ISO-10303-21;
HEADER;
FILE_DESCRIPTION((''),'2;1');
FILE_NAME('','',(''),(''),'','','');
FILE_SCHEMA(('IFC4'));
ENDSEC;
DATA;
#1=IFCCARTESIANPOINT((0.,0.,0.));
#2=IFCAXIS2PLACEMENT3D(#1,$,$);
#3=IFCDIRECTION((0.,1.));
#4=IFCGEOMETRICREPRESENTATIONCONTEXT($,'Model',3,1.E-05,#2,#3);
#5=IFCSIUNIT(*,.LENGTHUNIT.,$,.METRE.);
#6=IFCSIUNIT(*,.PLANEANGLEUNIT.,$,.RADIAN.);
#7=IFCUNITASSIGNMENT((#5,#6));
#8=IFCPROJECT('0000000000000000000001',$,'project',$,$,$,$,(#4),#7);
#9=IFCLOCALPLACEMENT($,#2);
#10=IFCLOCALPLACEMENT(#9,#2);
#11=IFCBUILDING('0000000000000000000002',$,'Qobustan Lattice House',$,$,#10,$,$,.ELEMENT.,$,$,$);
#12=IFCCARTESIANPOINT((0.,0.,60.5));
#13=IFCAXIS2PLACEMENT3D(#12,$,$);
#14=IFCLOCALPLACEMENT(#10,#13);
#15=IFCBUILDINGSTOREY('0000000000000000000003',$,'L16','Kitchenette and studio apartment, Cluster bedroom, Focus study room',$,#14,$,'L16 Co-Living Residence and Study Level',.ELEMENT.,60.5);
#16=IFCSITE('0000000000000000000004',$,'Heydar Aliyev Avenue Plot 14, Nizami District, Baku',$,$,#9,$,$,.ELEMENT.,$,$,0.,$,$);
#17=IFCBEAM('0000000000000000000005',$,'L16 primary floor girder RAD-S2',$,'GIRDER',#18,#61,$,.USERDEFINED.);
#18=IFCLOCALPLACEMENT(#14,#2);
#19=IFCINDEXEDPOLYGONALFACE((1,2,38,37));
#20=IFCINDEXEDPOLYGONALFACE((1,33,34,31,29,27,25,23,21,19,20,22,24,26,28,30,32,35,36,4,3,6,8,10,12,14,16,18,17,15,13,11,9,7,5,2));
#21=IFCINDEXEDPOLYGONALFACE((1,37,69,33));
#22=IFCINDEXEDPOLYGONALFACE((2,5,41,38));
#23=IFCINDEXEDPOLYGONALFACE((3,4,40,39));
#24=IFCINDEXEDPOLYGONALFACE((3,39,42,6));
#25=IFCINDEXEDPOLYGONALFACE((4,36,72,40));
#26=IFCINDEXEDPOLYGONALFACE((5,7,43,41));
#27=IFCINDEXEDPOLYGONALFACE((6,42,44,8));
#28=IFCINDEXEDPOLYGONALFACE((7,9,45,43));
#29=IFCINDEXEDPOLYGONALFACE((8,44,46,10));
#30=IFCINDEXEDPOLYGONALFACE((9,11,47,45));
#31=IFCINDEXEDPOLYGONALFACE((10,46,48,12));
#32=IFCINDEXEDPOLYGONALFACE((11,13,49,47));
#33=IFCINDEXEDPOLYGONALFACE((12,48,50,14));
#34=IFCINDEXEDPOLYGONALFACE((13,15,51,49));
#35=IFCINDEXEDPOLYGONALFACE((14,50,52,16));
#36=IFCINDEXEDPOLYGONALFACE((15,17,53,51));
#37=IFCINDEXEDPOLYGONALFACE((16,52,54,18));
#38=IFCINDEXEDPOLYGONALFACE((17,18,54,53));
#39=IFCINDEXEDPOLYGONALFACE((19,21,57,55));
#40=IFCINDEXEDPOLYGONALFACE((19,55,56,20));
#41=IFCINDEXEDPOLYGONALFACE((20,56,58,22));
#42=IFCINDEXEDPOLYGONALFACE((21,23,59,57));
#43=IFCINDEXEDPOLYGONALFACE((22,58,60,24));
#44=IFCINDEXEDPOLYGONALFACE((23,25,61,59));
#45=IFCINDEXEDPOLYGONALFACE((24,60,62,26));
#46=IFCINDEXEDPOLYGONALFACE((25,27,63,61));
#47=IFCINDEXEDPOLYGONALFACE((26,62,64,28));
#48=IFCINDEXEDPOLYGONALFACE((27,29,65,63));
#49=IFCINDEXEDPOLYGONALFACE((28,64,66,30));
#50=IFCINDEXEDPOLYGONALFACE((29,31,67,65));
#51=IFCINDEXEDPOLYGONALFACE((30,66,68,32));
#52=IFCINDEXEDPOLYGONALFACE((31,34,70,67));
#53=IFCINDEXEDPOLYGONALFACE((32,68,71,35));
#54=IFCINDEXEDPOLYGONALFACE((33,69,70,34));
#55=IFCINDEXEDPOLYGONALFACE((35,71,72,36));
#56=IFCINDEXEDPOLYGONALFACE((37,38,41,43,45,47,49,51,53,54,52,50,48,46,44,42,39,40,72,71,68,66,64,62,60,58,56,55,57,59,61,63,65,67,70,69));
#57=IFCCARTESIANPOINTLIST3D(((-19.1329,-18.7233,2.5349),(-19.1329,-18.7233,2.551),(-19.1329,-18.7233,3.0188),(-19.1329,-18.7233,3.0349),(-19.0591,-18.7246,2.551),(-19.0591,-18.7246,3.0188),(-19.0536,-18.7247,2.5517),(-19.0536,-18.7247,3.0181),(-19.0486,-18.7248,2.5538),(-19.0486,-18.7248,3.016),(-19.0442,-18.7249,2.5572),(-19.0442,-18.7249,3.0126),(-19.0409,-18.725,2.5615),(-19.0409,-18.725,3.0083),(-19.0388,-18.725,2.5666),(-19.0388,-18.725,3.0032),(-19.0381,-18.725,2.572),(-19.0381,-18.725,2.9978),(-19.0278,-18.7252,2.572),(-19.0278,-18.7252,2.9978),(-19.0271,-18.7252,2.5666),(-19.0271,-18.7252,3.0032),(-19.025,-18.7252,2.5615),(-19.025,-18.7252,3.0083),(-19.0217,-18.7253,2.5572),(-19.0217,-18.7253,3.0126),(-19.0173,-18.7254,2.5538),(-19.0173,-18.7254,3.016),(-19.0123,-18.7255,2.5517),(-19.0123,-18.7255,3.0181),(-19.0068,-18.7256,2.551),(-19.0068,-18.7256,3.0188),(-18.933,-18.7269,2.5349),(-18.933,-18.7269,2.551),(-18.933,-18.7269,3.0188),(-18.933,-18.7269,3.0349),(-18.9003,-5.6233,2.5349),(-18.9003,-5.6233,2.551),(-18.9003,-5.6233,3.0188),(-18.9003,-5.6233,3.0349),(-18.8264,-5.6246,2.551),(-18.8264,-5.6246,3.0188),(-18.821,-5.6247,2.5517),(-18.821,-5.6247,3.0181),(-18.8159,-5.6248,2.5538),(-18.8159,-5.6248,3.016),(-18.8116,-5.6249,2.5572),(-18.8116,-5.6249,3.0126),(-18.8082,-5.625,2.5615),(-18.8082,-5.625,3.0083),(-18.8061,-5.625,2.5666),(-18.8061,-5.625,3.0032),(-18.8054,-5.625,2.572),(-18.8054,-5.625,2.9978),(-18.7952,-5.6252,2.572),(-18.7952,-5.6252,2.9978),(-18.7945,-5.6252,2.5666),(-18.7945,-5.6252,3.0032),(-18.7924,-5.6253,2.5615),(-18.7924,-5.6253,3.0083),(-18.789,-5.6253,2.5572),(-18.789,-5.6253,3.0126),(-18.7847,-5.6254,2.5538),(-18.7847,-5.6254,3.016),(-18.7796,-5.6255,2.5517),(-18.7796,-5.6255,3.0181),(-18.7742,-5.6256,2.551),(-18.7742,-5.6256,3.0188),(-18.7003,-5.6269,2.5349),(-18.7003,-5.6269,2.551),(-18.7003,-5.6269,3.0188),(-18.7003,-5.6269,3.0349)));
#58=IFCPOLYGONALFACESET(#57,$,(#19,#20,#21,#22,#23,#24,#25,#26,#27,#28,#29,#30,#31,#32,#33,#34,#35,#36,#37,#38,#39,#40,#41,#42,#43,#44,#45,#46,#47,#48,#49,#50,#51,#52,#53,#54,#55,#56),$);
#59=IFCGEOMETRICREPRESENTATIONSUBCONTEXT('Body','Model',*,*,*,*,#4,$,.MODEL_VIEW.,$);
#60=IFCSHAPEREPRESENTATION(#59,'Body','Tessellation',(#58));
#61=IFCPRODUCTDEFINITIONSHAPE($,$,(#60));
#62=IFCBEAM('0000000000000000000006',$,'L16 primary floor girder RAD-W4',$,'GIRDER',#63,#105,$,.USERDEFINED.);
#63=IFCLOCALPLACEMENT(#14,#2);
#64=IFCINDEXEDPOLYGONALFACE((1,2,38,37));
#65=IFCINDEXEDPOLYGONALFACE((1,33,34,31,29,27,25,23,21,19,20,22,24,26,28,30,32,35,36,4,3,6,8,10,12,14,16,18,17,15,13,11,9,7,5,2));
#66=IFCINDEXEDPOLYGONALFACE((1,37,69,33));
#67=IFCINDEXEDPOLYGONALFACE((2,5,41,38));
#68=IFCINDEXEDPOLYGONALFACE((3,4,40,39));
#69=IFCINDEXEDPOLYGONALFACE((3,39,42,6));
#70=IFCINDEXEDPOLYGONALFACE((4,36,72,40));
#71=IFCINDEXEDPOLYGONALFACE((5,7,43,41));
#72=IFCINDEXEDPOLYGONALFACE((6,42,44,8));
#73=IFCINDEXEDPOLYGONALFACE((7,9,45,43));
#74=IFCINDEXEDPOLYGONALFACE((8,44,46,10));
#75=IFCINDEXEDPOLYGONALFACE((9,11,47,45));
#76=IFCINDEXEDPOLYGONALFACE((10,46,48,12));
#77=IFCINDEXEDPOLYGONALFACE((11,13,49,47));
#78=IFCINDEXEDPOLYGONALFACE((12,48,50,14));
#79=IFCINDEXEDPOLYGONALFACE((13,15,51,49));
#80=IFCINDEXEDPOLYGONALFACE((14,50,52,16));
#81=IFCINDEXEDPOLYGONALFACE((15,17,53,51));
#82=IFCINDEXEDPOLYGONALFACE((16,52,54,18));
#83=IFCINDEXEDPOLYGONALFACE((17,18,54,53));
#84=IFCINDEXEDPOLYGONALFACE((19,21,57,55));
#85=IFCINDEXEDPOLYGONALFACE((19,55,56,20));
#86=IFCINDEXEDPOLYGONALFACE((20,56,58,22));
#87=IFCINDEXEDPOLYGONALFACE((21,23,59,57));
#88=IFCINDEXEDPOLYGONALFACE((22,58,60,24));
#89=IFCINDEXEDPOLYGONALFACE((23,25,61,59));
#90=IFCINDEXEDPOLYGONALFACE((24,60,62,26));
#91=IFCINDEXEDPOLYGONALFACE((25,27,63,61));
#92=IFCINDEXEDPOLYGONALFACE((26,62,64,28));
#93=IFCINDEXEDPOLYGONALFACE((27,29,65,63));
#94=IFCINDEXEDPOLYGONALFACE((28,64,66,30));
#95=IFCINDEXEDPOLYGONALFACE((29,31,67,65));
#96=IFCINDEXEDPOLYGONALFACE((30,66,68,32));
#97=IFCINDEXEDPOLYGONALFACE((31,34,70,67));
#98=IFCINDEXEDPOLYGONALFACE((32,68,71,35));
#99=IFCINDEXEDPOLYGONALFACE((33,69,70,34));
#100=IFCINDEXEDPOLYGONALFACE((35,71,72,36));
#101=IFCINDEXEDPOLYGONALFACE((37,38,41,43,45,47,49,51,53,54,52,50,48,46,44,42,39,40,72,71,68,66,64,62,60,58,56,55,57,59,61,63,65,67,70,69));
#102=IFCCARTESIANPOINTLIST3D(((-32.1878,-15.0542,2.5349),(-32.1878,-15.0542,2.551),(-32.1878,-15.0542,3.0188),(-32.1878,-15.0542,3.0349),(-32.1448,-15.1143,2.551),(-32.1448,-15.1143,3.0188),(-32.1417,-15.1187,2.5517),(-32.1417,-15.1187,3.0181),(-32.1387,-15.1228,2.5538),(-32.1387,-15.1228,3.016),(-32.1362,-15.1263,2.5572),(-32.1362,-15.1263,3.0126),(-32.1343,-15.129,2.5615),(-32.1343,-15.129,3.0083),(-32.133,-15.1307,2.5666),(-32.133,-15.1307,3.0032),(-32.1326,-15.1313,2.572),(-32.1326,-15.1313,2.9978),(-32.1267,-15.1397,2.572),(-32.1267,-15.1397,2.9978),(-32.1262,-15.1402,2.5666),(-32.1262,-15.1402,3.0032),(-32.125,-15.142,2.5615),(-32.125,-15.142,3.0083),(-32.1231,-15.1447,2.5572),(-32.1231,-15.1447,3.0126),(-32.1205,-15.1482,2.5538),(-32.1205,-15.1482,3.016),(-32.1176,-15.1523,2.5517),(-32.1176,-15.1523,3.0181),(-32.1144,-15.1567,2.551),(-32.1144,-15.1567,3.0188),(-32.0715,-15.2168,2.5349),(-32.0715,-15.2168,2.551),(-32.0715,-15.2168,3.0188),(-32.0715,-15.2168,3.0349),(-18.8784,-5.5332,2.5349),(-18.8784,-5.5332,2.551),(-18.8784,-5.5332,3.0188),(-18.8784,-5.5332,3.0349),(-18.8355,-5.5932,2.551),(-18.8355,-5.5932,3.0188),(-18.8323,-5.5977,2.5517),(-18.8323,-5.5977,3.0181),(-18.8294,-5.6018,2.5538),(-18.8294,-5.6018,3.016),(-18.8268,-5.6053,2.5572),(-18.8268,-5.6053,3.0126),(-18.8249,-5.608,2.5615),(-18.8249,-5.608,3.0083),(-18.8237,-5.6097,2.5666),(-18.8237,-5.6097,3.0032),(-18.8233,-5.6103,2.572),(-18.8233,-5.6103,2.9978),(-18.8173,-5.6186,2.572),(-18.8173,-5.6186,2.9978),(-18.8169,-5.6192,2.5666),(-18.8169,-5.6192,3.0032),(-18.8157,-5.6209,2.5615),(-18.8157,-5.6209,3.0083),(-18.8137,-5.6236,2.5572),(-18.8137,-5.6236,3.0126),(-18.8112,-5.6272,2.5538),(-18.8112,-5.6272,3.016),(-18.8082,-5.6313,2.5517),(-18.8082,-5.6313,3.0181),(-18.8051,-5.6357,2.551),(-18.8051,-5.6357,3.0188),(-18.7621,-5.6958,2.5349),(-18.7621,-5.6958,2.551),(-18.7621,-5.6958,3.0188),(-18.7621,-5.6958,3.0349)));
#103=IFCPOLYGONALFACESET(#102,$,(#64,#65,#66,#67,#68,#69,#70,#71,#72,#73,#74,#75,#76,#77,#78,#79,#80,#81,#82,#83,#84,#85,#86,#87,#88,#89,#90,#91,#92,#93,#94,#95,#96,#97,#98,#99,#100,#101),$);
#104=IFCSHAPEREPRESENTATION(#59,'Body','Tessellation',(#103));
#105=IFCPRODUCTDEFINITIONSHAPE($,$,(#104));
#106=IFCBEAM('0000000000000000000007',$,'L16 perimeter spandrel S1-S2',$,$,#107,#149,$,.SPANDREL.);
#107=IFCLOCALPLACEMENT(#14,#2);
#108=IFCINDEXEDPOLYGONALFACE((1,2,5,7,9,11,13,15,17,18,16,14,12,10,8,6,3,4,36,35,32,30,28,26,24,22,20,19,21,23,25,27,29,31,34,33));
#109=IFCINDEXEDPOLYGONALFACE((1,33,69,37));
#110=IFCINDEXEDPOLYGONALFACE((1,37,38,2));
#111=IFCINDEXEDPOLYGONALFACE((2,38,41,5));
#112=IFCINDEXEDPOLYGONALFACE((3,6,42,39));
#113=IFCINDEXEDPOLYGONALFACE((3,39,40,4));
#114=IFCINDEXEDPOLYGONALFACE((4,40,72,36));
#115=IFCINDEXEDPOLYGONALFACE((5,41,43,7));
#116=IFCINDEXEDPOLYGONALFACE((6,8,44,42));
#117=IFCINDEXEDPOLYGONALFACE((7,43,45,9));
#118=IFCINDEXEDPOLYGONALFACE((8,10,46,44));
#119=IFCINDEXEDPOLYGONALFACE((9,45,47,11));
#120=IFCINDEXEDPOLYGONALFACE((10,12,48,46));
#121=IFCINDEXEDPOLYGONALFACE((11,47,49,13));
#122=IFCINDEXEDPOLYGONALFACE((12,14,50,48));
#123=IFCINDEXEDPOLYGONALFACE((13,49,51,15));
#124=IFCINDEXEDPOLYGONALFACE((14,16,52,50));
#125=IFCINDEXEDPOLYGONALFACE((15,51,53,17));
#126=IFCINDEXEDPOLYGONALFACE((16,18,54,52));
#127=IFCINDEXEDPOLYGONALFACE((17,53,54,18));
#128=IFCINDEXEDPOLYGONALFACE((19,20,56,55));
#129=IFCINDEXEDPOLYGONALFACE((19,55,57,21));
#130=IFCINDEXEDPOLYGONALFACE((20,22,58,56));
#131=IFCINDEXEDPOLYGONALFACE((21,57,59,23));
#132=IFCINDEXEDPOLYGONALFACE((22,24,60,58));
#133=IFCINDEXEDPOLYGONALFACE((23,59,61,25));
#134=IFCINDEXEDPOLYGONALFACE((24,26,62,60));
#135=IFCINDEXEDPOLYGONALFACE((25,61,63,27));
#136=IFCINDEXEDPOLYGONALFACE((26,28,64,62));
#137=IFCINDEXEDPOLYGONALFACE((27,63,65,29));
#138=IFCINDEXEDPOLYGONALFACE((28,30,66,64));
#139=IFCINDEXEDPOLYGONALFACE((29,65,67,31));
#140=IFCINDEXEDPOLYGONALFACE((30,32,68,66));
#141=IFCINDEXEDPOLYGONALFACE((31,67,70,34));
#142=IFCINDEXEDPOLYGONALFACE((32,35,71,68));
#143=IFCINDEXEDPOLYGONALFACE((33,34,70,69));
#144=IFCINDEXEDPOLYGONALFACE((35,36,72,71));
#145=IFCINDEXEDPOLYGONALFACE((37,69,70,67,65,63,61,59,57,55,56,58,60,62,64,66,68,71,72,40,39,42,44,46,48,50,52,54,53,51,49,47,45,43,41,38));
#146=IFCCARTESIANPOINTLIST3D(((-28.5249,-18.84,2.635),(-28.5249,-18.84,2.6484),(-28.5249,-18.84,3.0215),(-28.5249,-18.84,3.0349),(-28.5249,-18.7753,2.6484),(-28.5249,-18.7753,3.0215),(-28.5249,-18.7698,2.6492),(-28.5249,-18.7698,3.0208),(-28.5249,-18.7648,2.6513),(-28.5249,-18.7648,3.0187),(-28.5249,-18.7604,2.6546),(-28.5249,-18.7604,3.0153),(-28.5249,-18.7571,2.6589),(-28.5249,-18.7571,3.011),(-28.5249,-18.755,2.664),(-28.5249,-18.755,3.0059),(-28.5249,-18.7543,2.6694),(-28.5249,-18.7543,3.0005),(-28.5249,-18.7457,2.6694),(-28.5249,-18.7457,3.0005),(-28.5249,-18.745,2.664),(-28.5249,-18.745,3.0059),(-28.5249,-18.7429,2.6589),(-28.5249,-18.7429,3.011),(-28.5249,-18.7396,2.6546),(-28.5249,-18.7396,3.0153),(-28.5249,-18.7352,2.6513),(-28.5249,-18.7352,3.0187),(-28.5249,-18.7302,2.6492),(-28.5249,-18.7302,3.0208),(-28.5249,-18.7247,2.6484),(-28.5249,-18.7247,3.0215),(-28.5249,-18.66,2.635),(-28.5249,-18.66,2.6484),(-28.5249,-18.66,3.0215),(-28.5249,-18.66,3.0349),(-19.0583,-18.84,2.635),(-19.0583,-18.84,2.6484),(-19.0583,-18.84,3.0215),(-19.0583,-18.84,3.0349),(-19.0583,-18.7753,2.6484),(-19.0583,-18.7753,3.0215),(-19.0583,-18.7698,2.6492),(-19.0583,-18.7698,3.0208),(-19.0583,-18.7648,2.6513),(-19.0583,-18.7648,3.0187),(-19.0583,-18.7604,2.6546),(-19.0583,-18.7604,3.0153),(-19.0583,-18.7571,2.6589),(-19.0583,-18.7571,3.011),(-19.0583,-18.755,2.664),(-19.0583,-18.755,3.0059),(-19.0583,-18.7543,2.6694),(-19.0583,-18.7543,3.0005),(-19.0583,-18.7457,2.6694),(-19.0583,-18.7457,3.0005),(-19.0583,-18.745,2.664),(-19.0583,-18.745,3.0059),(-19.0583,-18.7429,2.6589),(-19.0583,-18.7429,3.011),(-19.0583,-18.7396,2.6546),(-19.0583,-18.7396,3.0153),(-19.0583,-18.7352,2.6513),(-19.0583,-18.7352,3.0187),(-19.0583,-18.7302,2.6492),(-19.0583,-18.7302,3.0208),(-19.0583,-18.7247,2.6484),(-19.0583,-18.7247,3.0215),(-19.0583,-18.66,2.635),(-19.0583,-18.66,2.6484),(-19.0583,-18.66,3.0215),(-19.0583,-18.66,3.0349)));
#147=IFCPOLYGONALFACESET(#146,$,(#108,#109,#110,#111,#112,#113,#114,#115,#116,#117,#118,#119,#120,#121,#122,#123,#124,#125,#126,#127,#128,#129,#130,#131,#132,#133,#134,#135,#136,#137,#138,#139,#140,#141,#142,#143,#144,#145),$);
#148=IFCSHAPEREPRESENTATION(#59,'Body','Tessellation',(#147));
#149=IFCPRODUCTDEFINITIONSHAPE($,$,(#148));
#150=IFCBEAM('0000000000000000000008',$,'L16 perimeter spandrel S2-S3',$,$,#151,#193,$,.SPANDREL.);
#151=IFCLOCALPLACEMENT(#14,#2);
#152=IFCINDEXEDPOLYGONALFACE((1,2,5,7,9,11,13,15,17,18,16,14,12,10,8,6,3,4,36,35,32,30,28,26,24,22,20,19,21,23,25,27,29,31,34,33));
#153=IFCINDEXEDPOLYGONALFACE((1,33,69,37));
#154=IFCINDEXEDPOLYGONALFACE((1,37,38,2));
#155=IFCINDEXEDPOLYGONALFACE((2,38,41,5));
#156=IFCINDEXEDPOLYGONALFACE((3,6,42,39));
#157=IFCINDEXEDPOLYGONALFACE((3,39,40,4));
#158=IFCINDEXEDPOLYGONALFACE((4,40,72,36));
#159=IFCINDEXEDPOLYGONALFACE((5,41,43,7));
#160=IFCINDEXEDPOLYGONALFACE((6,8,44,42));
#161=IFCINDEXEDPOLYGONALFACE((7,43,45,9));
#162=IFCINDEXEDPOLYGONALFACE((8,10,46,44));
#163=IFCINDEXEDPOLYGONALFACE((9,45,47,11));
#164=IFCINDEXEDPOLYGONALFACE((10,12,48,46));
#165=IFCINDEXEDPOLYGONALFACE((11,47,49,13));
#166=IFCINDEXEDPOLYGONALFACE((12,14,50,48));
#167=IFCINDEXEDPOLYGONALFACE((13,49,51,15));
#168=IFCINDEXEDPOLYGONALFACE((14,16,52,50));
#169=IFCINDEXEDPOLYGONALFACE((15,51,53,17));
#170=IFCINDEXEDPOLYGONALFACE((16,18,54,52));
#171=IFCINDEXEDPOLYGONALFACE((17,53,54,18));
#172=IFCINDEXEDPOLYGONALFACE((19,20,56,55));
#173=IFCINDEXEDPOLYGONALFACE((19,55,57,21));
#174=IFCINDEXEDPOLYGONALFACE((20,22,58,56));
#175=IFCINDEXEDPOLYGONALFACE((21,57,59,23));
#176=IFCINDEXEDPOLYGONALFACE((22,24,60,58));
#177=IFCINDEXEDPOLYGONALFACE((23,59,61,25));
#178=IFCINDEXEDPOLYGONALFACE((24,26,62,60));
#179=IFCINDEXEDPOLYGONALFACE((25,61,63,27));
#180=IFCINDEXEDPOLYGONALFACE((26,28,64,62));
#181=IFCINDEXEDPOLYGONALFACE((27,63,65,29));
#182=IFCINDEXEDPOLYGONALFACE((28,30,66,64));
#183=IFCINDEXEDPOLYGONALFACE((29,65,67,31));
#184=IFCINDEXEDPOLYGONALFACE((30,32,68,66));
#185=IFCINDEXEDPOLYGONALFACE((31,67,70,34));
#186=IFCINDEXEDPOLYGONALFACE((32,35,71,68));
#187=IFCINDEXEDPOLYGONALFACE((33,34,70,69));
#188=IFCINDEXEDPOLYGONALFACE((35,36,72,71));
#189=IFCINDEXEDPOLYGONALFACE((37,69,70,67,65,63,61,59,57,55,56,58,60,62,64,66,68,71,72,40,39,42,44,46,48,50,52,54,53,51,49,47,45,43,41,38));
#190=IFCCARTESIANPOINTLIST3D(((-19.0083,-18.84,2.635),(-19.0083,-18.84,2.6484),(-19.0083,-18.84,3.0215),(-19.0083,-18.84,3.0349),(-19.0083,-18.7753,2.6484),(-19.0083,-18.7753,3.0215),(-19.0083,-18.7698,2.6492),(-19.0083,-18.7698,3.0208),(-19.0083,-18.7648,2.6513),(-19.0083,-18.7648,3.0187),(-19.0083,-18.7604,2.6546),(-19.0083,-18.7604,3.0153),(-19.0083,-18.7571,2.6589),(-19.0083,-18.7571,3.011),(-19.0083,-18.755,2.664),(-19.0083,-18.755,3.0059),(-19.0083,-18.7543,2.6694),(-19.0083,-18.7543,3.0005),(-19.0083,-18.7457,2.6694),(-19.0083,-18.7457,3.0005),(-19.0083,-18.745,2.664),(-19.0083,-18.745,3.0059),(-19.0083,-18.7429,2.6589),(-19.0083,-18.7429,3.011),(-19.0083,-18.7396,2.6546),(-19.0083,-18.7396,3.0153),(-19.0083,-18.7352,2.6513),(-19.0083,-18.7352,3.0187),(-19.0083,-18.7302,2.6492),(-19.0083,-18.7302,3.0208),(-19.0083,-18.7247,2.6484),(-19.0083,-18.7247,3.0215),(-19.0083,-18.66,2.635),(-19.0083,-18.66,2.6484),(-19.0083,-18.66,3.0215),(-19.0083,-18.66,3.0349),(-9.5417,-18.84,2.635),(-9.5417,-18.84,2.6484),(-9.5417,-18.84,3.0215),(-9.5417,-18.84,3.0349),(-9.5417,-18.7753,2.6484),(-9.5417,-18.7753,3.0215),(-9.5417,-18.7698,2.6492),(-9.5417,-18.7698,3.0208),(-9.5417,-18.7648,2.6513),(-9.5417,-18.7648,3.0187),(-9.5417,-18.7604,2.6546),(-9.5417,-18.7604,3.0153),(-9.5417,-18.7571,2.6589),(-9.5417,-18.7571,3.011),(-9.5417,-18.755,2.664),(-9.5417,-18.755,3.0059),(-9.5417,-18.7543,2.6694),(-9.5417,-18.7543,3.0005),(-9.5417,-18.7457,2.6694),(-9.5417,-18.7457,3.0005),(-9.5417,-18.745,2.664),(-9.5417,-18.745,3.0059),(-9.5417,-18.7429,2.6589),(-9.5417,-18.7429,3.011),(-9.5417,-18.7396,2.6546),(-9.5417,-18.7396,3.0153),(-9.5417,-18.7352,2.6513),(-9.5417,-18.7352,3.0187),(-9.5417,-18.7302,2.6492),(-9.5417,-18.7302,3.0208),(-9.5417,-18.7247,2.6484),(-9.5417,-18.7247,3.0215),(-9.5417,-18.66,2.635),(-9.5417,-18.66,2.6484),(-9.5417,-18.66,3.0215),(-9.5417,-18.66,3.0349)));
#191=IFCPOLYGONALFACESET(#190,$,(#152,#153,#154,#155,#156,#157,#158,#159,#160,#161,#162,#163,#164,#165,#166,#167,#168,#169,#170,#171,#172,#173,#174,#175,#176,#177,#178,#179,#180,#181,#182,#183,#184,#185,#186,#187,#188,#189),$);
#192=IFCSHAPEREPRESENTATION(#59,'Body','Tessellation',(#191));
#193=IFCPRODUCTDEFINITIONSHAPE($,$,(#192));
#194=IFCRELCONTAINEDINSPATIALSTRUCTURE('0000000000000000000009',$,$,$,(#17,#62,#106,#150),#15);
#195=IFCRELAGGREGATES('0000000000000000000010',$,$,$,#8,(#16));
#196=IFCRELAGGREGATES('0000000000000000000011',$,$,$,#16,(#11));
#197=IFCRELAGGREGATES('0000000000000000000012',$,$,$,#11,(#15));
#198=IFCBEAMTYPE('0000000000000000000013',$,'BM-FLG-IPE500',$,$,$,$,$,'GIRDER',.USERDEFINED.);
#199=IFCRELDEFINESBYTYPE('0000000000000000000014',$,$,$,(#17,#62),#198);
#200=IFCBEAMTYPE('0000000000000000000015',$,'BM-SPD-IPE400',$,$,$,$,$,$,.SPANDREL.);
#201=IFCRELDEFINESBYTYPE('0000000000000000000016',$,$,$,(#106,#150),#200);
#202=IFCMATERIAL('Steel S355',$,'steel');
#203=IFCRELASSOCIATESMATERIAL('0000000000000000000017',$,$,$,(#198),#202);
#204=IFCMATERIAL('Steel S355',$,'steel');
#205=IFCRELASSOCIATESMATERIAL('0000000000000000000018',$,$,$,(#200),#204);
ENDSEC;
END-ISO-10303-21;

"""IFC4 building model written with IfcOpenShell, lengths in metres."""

from ifc_helpers import new_model, si_unit, direction, frame, origin, origin_2d, place, context, subcontext, project, spatial, i_section, extrude, material, material_profile, profile_set, type_object, element, save


model = new_model("IFC4")

# Units and contexts
model_context = context("Model", 3, precision=1e-05, world=origin(), true_north=direction((0.0, 1.0)))
body_context = subcontext(model_context, "Body", "Model", "MODEL_VIEW")
ifc_project = project(units=[si_unit("LENGTHUNIT", "METRE"), si_unit("PLANEANGLEUNIT", "RADIAN")], contexts=[model_context])

# Site, building, storey
site_placement = place(None, origin())
site = spatial("IfcSite", under=ifc_project, at=site_placement, Name="Heydar Aliyev Avenue Plot 14, Nizami District, Baku", CompositionType="ELEMENT", RefElevation=0.0)
building_placement = place(site_placement, origin())
building = spatial("IfcBuilding", under=site, at=building_placement, Name="Qobustan Lattice House", CompositionType="ELEMENT")
storey_placement = place(building_placement, frame((0.0, 0.0, 60.5)))
storey = spatial("IfcBuildingStorey", under=building, at=storey_placement, Name="L16", Description="Kitchenette and studio apartment, Cluster bedroom, Focus study room", LongName="L16 Co-Living Residence and Study Level", CompositionType="ELEMENT", Elevation=60.5)

# Beams
ifc_material_1 = material(Name="Steel S355", Category="steel")
ifc_material_profile_1 = material_profile(ifc_material_1, i_section(OverallWidth=0.2, OverallDepth=0.5, WebThickness=0.0103, FlangeThickness=0.0161, FilletRadius=0.021, at=origin_2d()), Name="IPE500")
ifc_profile_set_1 = profile_set([ifc_material_profile_1], Name="Steel S355")
beam_type_1 = type_object("IfcBeamType", Name="BM-FLG-IPE500", ElementType="GIRDER", PredefinedType="USERDEFINED", material=ifc_profile_set_1)
beam_1_placement = place(storey_placement, frame((-19.033, -18.7251, 2.7849), z_axis=(0.017758, 0.999842, 0.0), x_axis=(-0.999842, 0.017758, 0.0)))
element("IfcBeam", 1, at=beam_1_placement, inside=storey, type_object=beam_type_1, Name="L16 primary floor girder RAD-S2", ObjectType="GIRDER", PredefinedType="USERDEFINED", context=body_context, shape_type="SweptSolid", body=[
    extrude(i_section(OverallWidth=0.2, OverallDepth=0.5, WebThickness=0.0103, FlangeThickness=0.0161, FilletRadius=0.021, at=origin_2d()), origin(), (0.0, 0.0, 1.0), 13.1021),
])
beam_2_placement = place(storey_placement, frame((-32.1296, -15.1355, 2.7849), z_axis=(0.813319, 0.581818, 0.0), x_axis=(-0.581818, 0.813319, 0.0)))
element("IfcBeam", 2, at=beam_2_placement, inside=storey, type_object=beam_type_1, Name="L16 primary floor girder RAD-W4", ObjectType="GIRDER", PredefinedType="USERDEFINED", context=body_context, shape_type="SweptSolid", body=[
    extrude(i_section(OverallWidth=0.2, OverallDepth=0.5, WebThickness=0.0103, FlangeThickness=0.0161, FilletRadius=0.021, at=origin_2d()), origin(), (0.0, 0.0, 1.0), 16.3643),
])
ifc_material_2 = material(Name="Steel S355", Category="steel")
ifc_material_profile_2 = material_profile(ifc_material_2, i_section(OverallWidth=0.1799, OverallDepth=0.3999, WebThickness=0.0085, FlangeThickness=0.0134, FilletRadius=0.021, at=origin_2d()), Name="IPE400")
ifc_profile_set_2 = profile_set([ifc_material_profile_2], Name="Steel S355")
beam_type_2 = type_object("IfcBeamType", Name="BM-SPD-IPE400", PredefinedType="SPANDREL", material=ifc_profile_set_2)
for number, where, z_axis, x_axis, name in (
    (3, (-28.5249, -18.75, 2.835), (1.0, 0.0, 0.0), (0.0, 1.0, 0.0), "L16 perimeter spandrel S1-S2"),
    (4, (-19.0083, -18.75, 2.835), (1.0, 0.0, 0.0), (0.0, 1.0, 0.0), "L16 perimeter spandrel S2-S3"),
):
    element("IfcBeam", number, at=place(storey_placement, frame(where, z_axis=z_axis, x_axis=x_axis)), inside=storey, type_object=beam_type_2, Name=name, PredefinedType="SPANDREL", context=body_context, shape_type="SweptSolid", body=[
        extrude(i_section(OverallWidth=0.1799, OverallDepth=0.3999, WebThickness=0.0085, FlangeThickness=0.0134, FilletRadius=0.021, at=origin_2d()), origin(), (0.0, 0.0, 1.0), 9.4666),
    ])

save(model, "model.ifc")
